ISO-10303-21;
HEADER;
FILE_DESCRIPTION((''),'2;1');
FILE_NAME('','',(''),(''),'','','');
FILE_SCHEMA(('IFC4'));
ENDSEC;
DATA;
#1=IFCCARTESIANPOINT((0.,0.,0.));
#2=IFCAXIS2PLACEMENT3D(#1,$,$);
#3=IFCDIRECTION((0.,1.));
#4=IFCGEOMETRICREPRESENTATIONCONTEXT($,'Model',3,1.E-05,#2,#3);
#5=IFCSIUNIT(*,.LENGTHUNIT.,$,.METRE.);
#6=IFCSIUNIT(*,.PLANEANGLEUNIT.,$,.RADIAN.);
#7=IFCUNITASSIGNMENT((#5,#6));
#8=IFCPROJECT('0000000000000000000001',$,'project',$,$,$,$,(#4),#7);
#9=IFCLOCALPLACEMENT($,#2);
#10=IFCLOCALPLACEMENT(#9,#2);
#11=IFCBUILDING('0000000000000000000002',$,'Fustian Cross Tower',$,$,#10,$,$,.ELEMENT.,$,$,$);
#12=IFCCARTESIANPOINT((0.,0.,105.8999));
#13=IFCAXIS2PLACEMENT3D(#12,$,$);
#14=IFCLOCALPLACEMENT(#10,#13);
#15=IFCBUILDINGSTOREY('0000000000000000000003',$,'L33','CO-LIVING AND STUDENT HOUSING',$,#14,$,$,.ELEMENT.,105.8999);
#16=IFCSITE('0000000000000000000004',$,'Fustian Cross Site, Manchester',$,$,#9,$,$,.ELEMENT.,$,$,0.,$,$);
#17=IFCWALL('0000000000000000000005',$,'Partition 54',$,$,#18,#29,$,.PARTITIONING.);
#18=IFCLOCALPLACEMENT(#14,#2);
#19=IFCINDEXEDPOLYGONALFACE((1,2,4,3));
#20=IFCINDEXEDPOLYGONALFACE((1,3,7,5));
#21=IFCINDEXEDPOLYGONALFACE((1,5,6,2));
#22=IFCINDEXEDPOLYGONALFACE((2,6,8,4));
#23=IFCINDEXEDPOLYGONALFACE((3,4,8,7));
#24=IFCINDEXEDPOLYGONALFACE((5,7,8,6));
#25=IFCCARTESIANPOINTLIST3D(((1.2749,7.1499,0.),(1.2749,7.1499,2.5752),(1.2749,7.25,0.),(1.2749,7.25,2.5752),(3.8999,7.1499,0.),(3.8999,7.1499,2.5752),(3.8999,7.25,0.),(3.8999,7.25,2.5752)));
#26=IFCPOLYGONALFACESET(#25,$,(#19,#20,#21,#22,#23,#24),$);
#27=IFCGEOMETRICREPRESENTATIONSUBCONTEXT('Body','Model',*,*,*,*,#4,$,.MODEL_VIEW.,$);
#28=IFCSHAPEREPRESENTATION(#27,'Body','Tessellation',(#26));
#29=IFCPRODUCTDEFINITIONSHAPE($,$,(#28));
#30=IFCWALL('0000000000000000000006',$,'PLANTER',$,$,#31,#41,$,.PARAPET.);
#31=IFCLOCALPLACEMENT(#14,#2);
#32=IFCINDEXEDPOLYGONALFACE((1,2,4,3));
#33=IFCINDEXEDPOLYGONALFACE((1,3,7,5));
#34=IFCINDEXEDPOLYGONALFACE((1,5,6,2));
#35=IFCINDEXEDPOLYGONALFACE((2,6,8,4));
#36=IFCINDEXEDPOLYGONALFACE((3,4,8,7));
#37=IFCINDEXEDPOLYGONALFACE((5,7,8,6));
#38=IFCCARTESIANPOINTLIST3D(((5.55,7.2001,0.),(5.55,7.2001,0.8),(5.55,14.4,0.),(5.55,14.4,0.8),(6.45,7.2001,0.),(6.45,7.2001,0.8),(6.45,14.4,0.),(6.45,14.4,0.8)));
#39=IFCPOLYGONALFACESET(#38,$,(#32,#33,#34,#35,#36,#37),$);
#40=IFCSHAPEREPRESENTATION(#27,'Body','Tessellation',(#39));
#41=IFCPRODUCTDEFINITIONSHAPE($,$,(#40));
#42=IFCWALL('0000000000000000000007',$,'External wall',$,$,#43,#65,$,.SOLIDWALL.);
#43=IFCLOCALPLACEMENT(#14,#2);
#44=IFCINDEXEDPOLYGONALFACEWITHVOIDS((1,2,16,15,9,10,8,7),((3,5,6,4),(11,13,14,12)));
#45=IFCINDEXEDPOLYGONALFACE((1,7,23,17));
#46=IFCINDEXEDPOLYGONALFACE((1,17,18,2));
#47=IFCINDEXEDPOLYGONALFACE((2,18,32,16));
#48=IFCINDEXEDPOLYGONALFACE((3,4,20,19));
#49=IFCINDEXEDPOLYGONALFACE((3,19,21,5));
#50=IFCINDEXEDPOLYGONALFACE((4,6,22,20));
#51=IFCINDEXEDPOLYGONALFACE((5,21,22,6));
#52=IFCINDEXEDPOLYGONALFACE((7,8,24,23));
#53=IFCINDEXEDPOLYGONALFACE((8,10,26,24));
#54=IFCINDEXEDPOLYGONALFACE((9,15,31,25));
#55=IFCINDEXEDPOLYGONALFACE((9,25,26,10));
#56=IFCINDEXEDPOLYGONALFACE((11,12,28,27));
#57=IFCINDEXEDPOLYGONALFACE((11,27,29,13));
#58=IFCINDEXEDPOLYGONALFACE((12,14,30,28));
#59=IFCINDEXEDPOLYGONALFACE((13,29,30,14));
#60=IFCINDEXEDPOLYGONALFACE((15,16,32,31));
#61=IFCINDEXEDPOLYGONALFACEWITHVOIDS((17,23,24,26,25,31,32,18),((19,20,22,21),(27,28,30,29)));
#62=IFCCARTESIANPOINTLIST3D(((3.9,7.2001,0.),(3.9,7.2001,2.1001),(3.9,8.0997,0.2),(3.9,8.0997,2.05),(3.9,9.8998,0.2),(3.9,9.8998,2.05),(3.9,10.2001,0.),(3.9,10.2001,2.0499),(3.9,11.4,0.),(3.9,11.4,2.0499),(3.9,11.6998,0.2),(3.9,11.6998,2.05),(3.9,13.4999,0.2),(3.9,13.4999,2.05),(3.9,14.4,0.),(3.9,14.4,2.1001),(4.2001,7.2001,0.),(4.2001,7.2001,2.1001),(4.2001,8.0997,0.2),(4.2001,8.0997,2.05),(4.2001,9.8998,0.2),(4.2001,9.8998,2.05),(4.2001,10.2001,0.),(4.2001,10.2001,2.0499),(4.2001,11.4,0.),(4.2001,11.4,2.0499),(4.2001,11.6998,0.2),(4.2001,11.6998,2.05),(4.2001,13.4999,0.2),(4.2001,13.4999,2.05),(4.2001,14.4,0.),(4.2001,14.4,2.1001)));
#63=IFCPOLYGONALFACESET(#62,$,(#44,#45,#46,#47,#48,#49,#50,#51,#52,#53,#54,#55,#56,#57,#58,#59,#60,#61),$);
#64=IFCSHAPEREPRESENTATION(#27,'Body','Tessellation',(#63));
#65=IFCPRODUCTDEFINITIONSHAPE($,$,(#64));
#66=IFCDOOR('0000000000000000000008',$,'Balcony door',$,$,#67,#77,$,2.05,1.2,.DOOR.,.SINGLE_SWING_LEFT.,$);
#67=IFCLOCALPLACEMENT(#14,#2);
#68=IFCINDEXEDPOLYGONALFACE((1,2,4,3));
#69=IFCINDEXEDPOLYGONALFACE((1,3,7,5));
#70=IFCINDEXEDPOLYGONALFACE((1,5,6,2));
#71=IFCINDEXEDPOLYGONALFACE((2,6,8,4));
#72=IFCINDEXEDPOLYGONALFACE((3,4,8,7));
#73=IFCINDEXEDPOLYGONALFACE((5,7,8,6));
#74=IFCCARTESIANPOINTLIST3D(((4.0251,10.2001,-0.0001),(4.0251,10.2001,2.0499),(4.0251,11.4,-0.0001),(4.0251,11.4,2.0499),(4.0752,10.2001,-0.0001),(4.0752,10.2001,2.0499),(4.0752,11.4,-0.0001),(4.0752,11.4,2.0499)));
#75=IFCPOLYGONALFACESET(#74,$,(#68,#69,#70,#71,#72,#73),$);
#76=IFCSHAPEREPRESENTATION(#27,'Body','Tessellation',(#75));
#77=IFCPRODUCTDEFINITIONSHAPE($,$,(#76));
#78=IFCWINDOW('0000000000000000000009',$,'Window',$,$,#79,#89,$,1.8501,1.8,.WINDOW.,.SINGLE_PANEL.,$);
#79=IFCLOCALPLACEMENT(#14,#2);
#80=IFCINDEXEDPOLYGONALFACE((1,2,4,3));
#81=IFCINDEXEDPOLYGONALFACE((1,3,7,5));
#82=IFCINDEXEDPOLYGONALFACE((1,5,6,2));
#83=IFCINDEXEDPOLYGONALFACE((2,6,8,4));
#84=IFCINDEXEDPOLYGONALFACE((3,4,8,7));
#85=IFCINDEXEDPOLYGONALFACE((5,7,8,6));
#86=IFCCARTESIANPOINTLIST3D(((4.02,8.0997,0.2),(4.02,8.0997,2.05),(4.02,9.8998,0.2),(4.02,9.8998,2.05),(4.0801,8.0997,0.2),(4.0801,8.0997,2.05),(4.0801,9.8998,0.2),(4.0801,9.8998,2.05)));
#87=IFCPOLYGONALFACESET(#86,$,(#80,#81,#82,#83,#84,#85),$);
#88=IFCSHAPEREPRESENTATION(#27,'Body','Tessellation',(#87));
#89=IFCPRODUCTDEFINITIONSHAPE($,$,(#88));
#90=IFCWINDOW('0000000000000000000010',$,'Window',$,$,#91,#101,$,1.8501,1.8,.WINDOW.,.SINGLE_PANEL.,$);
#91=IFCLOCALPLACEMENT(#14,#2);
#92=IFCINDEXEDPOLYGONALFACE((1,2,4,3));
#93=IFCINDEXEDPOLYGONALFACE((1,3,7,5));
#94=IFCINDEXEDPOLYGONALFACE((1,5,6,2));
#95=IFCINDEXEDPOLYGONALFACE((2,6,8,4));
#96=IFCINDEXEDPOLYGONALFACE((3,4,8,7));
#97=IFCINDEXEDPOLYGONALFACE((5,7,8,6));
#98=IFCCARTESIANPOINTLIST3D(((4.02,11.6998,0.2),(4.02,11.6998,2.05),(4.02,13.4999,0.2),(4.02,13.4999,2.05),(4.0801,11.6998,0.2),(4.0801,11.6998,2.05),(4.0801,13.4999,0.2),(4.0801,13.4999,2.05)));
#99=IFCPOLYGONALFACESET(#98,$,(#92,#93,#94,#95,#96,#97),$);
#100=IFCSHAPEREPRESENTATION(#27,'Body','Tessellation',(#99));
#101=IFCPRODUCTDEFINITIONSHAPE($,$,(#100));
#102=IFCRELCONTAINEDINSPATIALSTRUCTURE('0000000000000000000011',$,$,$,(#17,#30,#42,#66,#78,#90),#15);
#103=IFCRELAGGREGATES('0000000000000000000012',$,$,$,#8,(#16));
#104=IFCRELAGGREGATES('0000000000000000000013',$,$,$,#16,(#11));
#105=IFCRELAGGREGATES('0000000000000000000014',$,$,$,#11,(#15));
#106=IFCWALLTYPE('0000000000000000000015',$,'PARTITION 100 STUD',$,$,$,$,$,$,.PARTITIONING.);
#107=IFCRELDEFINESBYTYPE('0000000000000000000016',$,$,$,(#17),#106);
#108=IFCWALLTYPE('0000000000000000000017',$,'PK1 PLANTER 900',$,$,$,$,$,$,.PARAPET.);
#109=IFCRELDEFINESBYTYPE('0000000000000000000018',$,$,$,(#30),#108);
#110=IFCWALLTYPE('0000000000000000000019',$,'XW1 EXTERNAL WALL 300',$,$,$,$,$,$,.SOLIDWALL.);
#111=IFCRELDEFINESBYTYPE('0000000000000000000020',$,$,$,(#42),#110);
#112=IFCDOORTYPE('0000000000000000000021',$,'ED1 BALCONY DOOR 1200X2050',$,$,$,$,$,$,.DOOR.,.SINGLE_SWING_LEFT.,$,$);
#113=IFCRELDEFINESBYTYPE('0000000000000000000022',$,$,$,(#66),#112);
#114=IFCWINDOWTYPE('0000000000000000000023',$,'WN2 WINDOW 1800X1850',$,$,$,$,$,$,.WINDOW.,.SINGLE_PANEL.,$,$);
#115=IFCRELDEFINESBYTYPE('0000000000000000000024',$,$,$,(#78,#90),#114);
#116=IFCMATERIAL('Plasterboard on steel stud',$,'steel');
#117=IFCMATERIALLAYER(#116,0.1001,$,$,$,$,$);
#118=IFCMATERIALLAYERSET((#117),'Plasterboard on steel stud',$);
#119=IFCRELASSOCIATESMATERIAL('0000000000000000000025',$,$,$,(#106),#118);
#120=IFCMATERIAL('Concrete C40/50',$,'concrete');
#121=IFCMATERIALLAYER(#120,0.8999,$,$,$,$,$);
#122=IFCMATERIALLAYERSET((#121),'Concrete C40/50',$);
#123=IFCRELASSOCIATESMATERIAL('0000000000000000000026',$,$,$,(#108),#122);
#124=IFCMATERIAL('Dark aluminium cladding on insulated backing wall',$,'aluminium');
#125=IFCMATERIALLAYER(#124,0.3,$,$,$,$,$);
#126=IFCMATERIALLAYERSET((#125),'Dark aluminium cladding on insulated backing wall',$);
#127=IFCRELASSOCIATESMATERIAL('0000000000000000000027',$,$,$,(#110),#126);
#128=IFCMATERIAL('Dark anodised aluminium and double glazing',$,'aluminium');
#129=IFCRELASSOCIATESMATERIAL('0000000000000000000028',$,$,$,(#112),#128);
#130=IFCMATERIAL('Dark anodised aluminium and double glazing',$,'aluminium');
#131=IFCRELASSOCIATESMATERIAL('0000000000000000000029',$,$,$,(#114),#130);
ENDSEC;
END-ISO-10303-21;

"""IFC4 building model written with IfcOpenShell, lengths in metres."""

from ifc_helpers import new_model, si_unit, direction, frame, frame_2d, origin, place, context, subcontext, project, spatial, rectangle, extrude, material, layer, layer_set, type_object, element, fill, save


model = new_model("IFC4")

# Units and contexts
model_context = context("Model", 3, precision=1e-05, world=origin(), true_north=direction((0.0, 1.0)))
body_context = subcontext(model_context, "Body", "Model", "MODEL_VIEW")
ifc_project = project(units=[si_unit("LENGTHUNIT", "METRE"), si_unit("PLANEANGLEUNIT", "RADIAN")], contexts=[model_context])

# Site, building, storey
site_placement = place(None, origin())
site = spatial("IfcSite", under=ifc_project, at=site_placement, Name="Fustian Cross Site, Manchester", CompositionType="ELEMENT", RefElevation=0.0)
building_placement = place(site_placement, origin())
building = spatial("IfcBuilding", under=site, at=building_placement, Name="Fustian Cross Tower", CompositionType="ELEMENT")
storey_placement = place(building_placement, frame((0.0, 0.0, 105.8999)))
storey = spatial("IfcBuildingStorey", under=building, at=storey_placement, Name="L33", Description="CO-LIVING AND STUDENT HOUSING", CompositionType="ELEMENT", Elevation=105.8999)

# Walls
ifc_material_1 = material(Name="Plasterboard on steel stud", Category="steel")
ifc_layer_1 = layer(ifc_material_1, 0.1001)
ifc_layer_set_1 = layer_set([ifc_layer_1], Name="Plasterboard on steel stud")
wall_type_1 = type_object("IfcWallType", Name="PARTITION 100 STUD", PredefinedType="PARTITIONING", material=ifc_layer_set_1)
wall_1_placement = place(storey_placement, frame((1.2749, 7.2, 0.0), z_axis=(0.0, 0.0, 1.0), x_axis=(1.0, 0.0, 0.0)))
element("IfcWall", 1, at=wall_1_placement, inside=storey, type_object=wall_type_1, Name="Partition 54", PredefinedType="PARTITIONING", context=body_context, shape_type="SweptSolid", body=[
    extrude(rectangle(XDim=2.625, YDim=0.1001, at=frame_2d((1.3125, 0.0))), origin(), (0.0, 0.0, 1.0), 2.5752),
])
ifc_material_2 = material(Name="Concrete C40/50", Category="concrete")
ifc_layer_2 = layer(ifc_material_2, 0.8999)
ifc_layer_set_2 = layer_set([ifc_layer_2], Name="Concrete C40/50")
wall_type_2 = type_object("IfcWallType", Name="PK1 PLANTER 900", PredefinedType="PARAPET", material=ifc_layer_set_2)
wall_2_placement = place(storey_placement, frame((6.0, 7.2, 0.0), z_axis=(0.0, 0.0, 1.0), x_axis=(0.0, 1.0, 0.0)))
element("IfcWall", 2, at=wall_2_placement, inside=storey, type_object=wall_type_2, Name="PLANTER", PredefinedType="PARAPET", context=body_context, shape_type="SweptSolid", body=[
    extrude(rectangle(XDim=7.2, YDim=0.8999, at=frame_2d((3.6001, 0.0))), origin(), (0.0, 0.0, 1.0), 0.8),
])

# Wall, openings, door, windows
ifc_material_3 = material(Name="Dark aluminium cladding on insulated backing wall", Category="aluminium")
ifc_layer_3 = layer(ifc_material_3, 0.3)
ifc_layer_set_3 = layer_set([ifc_layer_3], Name="Dark aluminium cladding on insulated backing wall")
wall_type_3 = type_object("IfcWallType", Name="XW1 EXTERNAL WALL 300", PredefinedType="SOLIDWALL", material=ifc_layer_set_3)
wall_3_placement = place(storey_placement, frame((4.05, 7.2, 0.0), z_axis=(0.0, 0.0, 1.0), x_axis=(0.0, 1.0, 0.0)))
wall_3 = element("IfcWall", 3, at=wall_3_placement, inside=storey, type_object=wall_type_3, Name="External wall", PredefinedType="SOLIDWALL", context=body_context, shape_type="SweptSolid", body=[
    extrude(rectangle(XDim=7.2, YDim=0.3, at=frame_2d((3.6001, 0.0))), origin(), (0.0, 0.0, 1.0), 2.1001),
])
opening_1_placement = place(wall_3_placement, frame((3.0, 0.0, 0.0)))
opening_1 = element("IfcOpeningElement", 4, at=opening_1_placement, cuts=wall_3, PredefinedType="OPENING", context=body_context, shape_type="SweptSolid", body=[
    extrude(rectangle(XDim=1.2, YDim=2.05, at=frame_2d((0.6001, 1.0249))), frame((0.0, 0.1599, 0.0), z_axis=(0.0, -1.0, 0.0), x_axis=(1.0, 0.0, 0.0)), (0.0, 0.0, 1.0), 0.3201),
])
opening_2_placement = place(wall_3_placement, frame((0.8999, 0.0, 0.2)))
opening_2 = element("IfcOpeningElement", 5, at=opening_2_placement, cuts=wall_3, PredefinedType="OPENING", context=body_context, shape_type="SweptSolid", body=[
    extrude(rectangle(XDim=1.8, YDim=1.8501, at=frame_2d((0.8999, 0.925))), frame((0.0, 0.1599, 0.0), z_axis=(0.0, -1.0, 0.0), x_axis=(1.0, 0.0, 0.0)), (0.0, 0.0, 1.0), 0.3201),
])
opening_3_placement = place(wall_3_placement, frame((4.5, 0.0, 0.2)))
opening_3 = element("IfcOpeningElement", 6, at=opening_3_placement, cuts=wall_3, PredefinedType="OPENING", context=body_context, shape_type="SweptSolid", body=[
    extrude(rectangle(XDim=1.8, YDim=1.8501, at=frame_2d((0.8999, 0.925))), frame((0.0, 0.1599, 0.0), z_axis=(0.0, -1.0, 0.0), x_axis=(1.0, 0.0, 0.0)), (0.0, 0.0, 1.0), 0.3201),
])
ifc_material_4 = material(Name="Dark anodised aluminium and double glazing", Category="aluminium")
door_type_1 = type_object("IfcDoorType", Name="ED1 BALCONY DOOR 1200X2050", OperationType="SINGLE_SWING_LEFT", PredefinedType="DOOR", material=ifc_material_4)
door_1_placement = place(opening_1_placement, origin())
door_1 = element("IfcDoor", 7, at=door_1_placement, inside=storey, type_object=door_type_1, Name="Balcony door", OperationType="SINGLE_SWING_LEFT", OverallHeight=2.05, OverallWidth=1.2, PredefinedType="DOOR", context=body_context, shape_type="SweptSolid", body=[
    extrude(rectangle(XDim=1.2, YDim=2.05, at=frame_2d((0.6001, 1.0249))), frame((0.0, 0.0249, 0.0), z_axis=(0.0, -1.0, 0.0), x_axis=(1.0, 0.0, 0.0)), (0.0, 0.0, 1.0), 0.05),
])
fill(opening_1, door_1)
ifc_material_5 = material(Name="Dark anodised aluminium and double glazing", Category="aluminium")
window_type = type_object("IfcWindowType", Name="WN2 WINDOW 1800X1850", PartitioningType="SINGLE_PANEL", PredefinedType="WINDOW", material=ifc_material_5)
window_1_placement = place(opening_2_placement, origin())
window_1 = element("IfcWindow", 8, at=window_1_placement, inside=storey, type_object=window_type, Name="Window", OverallHeight=1.8501, OverallWidth=1.8, PartitioningType="SINGLE_PANEL", PredefinedType="WINDOW", context=body_context, shape_type="SweptSolid", body=[
    extrude(rectangle(XDim=1.8, YDim=1.8501, at=frame_2d((0.8999, 0.925))), frame((0.0, 0.03, 0.0), z_axis=(0.0, -1.0, 0.0), x_axis=(1.0, 0.0, 0.0)), (0.0, 0.0, 1.0), 0.0601),
])
fill(opening_2, window_1)
window_2_placement = place(opening_3_placement, origin())
window_2 = element("IfcWindow", 9, at=window_2_placement, inside=storey, type_object=window_type, Name="Window", OverallHeight=1.8501, OverallWidth=1.8, PartitioningType="SINGLE_PANEL", PredefinedType="WINDOW", context=body_context, shape_type="SweptSolid", body=[
    extrude(rectangle(XDim=1.8, YDim=1.8501, at=frame_2d((0.8999, 0.925))), frame((0.0, 0.03, 0.0), z_axis=(0.0, -1.0, 0.0), x_axis=(1.0, 0.0, 0.0)), (0.0, 0.0, 1.0), 0.0601),
])
fill(opening_3, window_2)

save(model, "model.ifc")
